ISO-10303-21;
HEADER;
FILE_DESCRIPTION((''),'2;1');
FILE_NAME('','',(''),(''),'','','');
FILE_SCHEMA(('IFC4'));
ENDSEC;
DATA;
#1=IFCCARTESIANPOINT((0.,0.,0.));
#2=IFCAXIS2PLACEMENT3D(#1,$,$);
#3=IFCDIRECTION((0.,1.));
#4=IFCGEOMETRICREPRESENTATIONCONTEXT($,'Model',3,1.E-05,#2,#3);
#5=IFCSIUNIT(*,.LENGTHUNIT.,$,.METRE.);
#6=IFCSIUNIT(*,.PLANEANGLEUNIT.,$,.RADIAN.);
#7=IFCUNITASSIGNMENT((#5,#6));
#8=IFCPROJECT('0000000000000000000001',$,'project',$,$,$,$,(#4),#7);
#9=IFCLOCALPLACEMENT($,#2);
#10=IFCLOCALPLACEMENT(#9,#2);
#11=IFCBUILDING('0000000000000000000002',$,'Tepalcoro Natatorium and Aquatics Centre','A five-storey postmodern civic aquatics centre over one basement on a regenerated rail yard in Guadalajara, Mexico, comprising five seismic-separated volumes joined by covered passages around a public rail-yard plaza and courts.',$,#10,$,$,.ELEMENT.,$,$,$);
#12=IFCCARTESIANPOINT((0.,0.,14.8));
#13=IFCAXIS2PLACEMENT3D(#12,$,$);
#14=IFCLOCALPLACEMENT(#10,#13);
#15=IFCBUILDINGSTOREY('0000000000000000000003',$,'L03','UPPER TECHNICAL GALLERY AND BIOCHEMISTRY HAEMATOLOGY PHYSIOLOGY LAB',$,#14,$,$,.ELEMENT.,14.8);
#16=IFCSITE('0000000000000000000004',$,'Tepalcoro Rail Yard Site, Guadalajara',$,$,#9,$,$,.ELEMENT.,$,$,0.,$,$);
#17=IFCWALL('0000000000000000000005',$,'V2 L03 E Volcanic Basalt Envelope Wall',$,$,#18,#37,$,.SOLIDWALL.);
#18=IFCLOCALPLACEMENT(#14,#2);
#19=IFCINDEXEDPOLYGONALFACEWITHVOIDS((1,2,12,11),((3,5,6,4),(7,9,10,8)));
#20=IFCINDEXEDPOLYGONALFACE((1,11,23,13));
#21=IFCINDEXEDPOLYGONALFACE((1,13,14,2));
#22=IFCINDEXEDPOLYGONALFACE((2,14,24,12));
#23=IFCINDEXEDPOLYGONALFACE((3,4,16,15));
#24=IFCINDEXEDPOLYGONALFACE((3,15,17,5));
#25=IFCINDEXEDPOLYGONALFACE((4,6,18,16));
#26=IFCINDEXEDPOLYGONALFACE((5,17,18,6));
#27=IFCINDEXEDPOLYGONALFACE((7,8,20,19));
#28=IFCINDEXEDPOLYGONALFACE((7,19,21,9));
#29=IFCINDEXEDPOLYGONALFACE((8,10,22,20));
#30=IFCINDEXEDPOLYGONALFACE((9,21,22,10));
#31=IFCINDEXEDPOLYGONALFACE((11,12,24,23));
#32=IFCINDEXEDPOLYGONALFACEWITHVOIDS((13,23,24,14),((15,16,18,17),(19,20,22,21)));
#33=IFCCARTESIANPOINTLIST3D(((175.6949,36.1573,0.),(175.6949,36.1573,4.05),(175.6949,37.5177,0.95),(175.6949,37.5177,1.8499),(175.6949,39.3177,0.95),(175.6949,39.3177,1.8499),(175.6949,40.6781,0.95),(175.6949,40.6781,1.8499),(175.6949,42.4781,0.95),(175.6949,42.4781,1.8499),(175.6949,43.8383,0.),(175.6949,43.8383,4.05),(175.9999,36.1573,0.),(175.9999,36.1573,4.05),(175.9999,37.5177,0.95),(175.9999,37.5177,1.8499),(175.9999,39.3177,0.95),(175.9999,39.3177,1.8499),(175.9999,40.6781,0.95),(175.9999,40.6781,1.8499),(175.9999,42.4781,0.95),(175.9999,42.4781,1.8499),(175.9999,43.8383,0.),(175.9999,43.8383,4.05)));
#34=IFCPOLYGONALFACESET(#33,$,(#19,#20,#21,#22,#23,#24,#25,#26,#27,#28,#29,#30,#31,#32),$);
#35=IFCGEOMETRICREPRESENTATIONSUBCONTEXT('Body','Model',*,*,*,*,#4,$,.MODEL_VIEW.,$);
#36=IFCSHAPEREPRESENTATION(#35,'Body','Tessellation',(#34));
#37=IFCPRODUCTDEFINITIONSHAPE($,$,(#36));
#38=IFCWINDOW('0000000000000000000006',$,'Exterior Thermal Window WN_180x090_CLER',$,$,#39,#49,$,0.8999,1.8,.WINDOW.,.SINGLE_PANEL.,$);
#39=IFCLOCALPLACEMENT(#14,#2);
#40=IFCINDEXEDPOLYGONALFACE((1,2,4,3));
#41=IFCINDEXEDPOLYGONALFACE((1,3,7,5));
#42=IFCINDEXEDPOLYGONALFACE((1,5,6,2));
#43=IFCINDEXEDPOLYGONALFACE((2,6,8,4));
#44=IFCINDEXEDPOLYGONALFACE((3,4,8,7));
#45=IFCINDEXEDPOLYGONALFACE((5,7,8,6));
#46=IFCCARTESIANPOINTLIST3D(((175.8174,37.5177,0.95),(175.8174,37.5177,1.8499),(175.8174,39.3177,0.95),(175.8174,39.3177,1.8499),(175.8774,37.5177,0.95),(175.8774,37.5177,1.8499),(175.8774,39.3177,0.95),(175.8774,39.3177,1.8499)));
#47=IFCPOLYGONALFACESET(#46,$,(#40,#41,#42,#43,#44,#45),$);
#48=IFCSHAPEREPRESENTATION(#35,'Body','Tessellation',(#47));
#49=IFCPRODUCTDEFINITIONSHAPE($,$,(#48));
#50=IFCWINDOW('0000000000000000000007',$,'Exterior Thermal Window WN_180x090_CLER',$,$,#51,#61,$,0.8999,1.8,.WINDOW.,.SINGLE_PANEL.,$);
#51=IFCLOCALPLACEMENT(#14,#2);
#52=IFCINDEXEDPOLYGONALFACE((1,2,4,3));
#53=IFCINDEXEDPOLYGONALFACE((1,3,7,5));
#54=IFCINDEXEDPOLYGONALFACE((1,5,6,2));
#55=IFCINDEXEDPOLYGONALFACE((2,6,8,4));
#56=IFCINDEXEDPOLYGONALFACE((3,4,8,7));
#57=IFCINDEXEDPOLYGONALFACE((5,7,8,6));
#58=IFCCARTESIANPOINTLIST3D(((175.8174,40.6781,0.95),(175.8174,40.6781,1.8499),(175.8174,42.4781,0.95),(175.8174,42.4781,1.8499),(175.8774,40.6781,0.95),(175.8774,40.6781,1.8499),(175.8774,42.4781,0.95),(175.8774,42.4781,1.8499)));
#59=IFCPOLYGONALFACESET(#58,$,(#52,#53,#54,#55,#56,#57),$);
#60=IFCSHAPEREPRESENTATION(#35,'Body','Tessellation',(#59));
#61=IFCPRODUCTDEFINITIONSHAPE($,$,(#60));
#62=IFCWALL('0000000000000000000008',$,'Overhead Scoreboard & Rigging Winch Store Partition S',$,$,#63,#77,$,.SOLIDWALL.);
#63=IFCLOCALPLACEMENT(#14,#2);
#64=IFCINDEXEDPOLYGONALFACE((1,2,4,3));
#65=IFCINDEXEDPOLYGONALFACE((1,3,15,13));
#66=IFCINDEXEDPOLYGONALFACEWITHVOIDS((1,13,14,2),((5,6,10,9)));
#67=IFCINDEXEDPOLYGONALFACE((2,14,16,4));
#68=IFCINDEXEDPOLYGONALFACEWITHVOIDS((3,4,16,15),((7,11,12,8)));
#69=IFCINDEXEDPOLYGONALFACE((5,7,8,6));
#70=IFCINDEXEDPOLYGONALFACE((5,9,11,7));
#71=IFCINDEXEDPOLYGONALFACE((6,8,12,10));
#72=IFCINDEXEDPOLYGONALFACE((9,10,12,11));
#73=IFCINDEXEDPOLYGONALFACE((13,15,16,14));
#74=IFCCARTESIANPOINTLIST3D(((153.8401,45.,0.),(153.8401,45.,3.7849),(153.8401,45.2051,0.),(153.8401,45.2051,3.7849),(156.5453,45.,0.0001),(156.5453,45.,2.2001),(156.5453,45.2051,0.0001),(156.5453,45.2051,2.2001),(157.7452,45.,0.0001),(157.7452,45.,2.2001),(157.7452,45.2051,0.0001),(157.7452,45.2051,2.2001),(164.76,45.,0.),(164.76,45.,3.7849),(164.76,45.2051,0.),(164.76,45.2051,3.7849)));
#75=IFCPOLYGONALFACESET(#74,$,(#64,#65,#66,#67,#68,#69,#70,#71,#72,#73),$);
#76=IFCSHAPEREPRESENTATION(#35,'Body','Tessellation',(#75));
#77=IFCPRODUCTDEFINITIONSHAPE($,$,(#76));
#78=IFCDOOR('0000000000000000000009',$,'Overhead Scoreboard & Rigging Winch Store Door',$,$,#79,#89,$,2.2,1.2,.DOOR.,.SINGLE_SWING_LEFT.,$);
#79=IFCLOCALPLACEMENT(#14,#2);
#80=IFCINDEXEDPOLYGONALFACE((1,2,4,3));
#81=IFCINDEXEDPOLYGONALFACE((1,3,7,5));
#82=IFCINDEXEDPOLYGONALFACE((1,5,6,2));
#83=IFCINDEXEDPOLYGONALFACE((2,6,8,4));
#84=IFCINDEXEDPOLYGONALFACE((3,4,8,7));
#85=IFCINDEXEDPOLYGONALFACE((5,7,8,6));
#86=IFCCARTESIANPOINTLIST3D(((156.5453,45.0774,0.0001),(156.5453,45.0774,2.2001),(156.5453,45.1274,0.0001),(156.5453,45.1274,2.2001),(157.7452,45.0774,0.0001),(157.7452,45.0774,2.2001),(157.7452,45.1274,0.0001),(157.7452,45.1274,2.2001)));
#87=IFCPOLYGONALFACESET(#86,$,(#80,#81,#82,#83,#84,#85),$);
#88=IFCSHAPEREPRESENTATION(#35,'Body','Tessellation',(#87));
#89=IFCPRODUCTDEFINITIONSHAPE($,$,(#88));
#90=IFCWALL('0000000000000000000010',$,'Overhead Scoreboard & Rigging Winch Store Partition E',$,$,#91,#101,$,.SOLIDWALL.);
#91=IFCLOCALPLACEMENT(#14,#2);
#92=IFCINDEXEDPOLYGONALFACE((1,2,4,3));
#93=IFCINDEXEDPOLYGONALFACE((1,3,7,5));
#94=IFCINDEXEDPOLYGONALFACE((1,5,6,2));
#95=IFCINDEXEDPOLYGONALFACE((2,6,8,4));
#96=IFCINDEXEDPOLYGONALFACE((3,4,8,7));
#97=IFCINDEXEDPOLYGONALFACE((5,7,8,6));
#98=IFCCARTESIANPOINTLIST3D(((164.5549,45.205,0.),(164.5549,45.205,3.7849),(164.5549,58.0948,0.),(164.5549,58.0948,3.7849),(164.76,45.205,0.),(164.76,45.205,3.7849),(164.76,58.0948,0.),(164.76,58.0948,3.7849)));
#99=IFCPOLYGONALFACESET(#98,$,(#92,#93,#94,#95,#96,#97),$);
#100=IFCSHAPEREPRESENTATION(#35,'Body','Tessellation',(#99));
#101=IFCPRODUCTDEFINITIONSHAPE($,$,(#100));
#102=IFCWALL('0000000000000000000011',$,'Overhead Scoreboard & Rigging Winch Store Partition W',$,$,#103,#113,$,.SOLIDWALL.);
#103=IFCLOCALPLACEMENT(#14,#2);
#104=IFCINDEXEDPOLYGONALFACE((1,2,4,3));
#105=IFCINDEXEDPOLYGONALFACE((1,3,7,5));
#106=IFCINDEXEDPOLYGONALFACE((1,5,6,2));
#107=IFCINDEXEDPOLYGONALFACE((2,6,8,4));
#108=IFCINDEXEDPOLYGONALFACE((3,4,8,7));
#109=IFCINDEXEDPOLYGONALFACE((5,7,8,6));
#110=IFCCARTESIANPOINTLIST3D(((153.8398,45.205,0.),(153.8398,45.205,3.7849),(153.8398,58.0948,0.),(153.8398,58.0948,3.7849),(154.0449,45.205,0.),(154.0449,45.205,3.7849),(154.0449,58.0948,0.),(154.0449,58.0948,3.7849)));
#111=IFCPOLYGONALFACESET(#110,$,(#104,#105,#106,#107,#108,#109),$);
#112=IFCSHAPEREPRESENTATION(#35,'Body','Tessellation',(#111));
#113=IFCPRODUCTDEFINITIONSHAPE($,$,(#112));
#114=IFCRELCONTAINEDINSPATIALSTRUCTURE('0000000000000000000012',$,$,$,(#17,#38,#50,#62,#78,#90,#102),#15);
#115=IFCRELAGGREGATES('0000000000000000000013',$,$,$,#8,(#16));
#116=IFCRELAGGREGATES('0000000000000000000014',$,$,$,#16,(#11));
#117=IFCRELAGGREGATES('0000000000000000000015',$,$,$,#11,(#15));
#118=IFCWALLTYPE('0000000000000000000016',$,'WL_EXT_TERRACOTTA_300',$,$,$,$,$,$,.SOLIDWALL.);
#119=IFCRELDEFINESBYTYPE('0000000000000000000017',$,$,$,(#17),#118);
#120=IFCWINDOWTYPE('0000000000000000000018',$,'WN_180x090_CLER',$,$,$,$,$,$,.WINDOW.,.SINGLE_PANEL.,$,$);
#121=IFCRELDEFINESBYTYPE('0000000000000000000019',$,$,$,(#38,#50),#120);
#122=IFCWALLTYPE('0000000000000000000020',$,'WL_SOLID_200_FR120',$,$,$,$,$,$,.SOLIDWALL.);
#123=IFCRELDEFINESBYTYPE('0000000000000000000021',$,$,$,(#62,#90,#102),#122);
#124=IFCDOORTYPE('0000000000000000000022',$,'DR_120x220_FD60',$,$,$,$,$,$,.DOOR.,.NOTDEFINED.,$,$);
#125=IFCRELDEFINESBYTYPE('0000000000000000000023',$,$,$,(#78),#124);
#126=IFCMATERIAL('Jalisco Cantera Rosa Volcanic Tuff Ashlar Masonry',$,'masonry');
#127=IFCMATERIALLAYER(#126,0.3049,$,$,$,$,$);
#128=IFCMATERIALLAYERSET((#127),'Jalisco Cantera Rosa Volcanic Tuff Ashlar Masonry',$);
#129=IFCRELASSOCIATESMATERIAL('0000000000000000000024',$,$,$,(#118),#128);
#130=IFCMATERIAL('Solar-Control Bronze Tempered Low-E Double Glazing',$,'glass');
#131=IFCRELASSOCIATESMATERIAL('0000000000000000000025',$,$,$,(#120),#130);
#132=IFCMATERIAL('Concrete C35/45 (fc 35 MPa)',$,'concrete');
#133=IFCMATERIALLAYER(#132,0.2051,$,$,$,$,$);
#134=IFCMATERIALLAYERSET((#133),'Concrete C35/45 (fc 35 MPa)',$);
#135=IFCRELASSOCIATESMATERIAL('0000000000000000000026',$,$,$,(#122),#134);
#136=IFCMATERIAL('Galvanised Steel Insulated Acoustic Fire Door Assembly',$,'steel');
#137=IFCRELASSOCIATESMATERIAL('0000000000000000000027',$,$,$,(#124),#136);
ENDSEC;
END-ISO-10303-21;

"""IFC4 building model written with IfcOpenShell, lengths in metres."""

from ifc_helpers import new_model, si_unit, direction, frame, frame_2d, origin, place, context, subcontext, project, spatial, rectangle, extrude, material, layer, layer_set, type_object, element, fill, save


model = new_model("IFC4")

# Units and contexts
model_context = context("Model", 3, precision=1e-05, world=origin(), true_north=direction((0.0, 1.0)))
body_context = subcontext(model_context, "Body", "Model", "MODEL_VIEW")
ifc_project = project(units=[si_unit("LENGTHUNIT", "METRE"), si_unit("PLANEANGLEUNIT", "RADIAN")], contexts=[model_context])

# Site, building, storey
site_placement = place(None, origin())
site = spatial("IfcSite", under=ifc_project, at=site_placement, Name="Tepalcoro Rail Yard Site, Guadalajara", CompositionType="ELEMENT", RefElevation=0.0)
building_placement = place(site_placement, origin())
building = spatial("IfcBuilding", under=site, at=building_placement, Name="Tepalcoro Natatorium and Aquatics Centre", Description="A five-storey postmodern civic aquatics centre over one basement on a regenerated rail yard in Guadalajara, Mexico, comprising five seismic-separated volumes joined by covered passages around a public rail-yard plaza and courts.", CompositionType="ELEMENT")
storey_placement = place(building_placement, frame((0.0, 0.0, 14.8)))
storey = spatial("IfcBuildingStorey", under=building, at=storey_placement, Name="L03", Description="UPPER TECHNICAL GALLERY AND BIOCHEMISTRY HAEMATOLOGY PHYSIOLOGY LAB", CompositionType="ELEMENT", Elevation=14.8)

# Shared definitions
ifc_material_1 = material(Name="Solar-Control Bronze Tempered Low-E Double Glazing", Category="glass")
ifc_material_2 = material(Name="Jalisco Cantera Rosa Volcanic Tuff Ashlar Masonry", Category="masonry")

# Wall, openings, windows
ifc_layer_1 = layer(ifc_material_2, 0.3049)
ifc_layer_set_1 = layer_set([ifc_layer_1], Name="Jalisco Cantera Rosa Volcanic Tuff Ashlar Masonry")
wall_type_1 = type_object("IfcWallType", Name="WL_EXT_TERRACOTTA_300", PredefinedType="SOLIDWALL", material=ifc_layer_set_1)
wall_1_placement = place(storey_placement, frame((175.8474, 36.1575, 0.0), z_axis=(0.0, 0.0, 1.0), x_axis=(0.0, 1.0, 0.0)))
wall_1 = element("IfcWall", 1, at=wall_1_placement, inside=storey, type_object=wall_type_1, Name="V2 L03 E Volcanic Basalt Envelope Wall", PredefinedType="SOLIDWALL", context=body_context, shape_type="SweptSolid", body=[
    extrude(rectangle(XDim=7.6809, YDim=0.3049, at=frame_2d((3.8403, 0.0))), origin(), (0.0, 0.0, 1.0), 4.05),
])
opening_1_placement = place(wall_1_placement, frame((1.3604, 0.0, 0.95)))
opening_1 = element("IfcOpeningElement", 2, at=opening_1_placement, cuts=wall_1, PredefinedType="OPENING", context=body_context, shape_type="SweptSolid", body=[
    extrude(rectangle(XDim=1.8, YDim=0.8999, at=frame_2d((0.8999, 0.45))), frame((0.0, 0.1646, 0.0), z_axis=(0.0, -1.0, 0.0), x_axis=(1.0, 0.0, 0.0)), (0.0, 0.0, 1.0), 0.3289),
])
opening_2_placement = place(wall_1_placement, frame((4.5208, 0.0, 0.95)))
opening_2 = element("IfcOpeningElement", 3, at=opening_2_placement, cuts=wall_1, PredefinedType="OPENING", context=body_context, shape_type="SweptSolid", body=[
    extrude(rectangle(XDim=1.8, YDim=0.8999, at=frame_2d((0.8999, 0.45))), frame((0.0, 0.1646, 0.0), z_axis=(0.0, -1.0, 0.0), x_axis=(1.0, 0.0, 0.0)), (0.0, 0.0, 1.0), 0.3289),
])
window_type = type_object("IfcWindowType", Name="WN_180x090_CLER", PartitioningType="SINGLE_PANEL", PredefinedType="WINDOW", material=ifc_material_1)
window_1_placement = place(opening_1_placement, origin())
window_1 = element("IfcWindow", 4, at=window_1_placement, inside=storey, type_object=window_type, Name="Exterior Thermal Window WN_180x090_CLER", OverallHeight=0.8999, OverallWidth=1.8, PartitioningType="SINGLE_PANEL", PredefinedType="WINDOW", context=body_context, shape_type="SweptSolid", body=[
    extrude(rectangle(XDim=1.8, YDim=0.8999, at=frame_2d((0.8999, 0.45))), frame((0.0, 0.03, 0.0), z_axis=(0.0, -1.0, 0.0), x_axis=(1.0, 0.0, 0.0)), (0.0, 0.0, 1.0), 0.0601),
])
fill(opening_1, window_1)
window_2_placement = place(opening_2_placement, origin())
window_2 = element("IfcWindow", 5, at=window_2_placement, inside=storey, type_object=window_type, Name="Exterior Thermal Window WN_180x090_CLER", OverallHeight=0.8999, OverallWidth=1.8, PartitioningType="SINGLE_PANEL", PredefinedType="WINDOW", context=body_context, shape_type="SweptSolid", body=[
    extrude(rectangle(XDim=1.8, YDim=0.8999, at=frame_2d((0.8999, 0.45))), frame((0.0, 0.03, 0.0), z_axis=(0.0, -1.0, 0.0), x_axis=(1.0, 0.0, 0.0)), (0.0, 0.0, 1.0), 0.0601),
])
fill(opening_2, window_2)

# Wall, opening, door
ifc_material_3 = material(Name="Concrete C35/45 (fc 35 MPa)", Category="concrete")
ifc_layer_2 = layer(ifc_material_3, 0.2051)
ifc_layer_set_2 = layer_set([ifc_layer_2], Name="Concrete C35/45 (fc 35 MPa)")
wall_type_2 = type_object("IfcWallType", Name="WL_SOLID_200_FR120", PredefinedType="SOLIDWALL", material=ifc_layer_set_2)
wall_2_placement = place(storey_placement, frame((153.8401, 45.1025, 0.0), z_axis=(0.0, 0.0, 1.0), x_axis=(1.0, 0.0, 0.0)))
wall_2 = element("IfcWall", 6, at=wall_2_placement, inside=storey, type_object=wall_type_2, Name="Overhead Scoreboard & Rigging Winch Store Partition S", PredefinedType="SOLIDWALL", context=body_context, shape_type="SweptSolid", body=[
    extrude(rectangle(XDim=10.9199, YDim=0.2051, at=frame_2d((5.46, 0.0))), origin(), (0.0, 0.0, 1.0), 3.7849),
])
opening_3_placement = place(wall_2_placement, frame((2.7051, 0.0, 0.0)))
opening_3 = element("IfcOpeningElement", 7, at=opening_3_placement, cuts=wall_2, PredefinedType="OPENING", context=body_context, shape_type="SweptSolid", body=[
    extrude(rectangle(XDim=1.2, YDim=2.2, at=frame_2d((0.6001, 1.1001))), frame((0.0, 0.1145, 0.0), z_axis=(0.0, -1.0, 0.0), x_axis=(1.0, 0.0, 0.0)), (0.0, 0.0, 1.0), 0.229),
])
ifc_material_4 = material(Name="Galvanised Steel Insulated Acoustic Fire Door Assembly", Category="steel")
door_type = type_object("IfcDoorType", Name="DR_120x220_FD60", OperationType="NOTDEFINED", PredefinedType="DOOR", material=ifc_material_4)
door_placement = place(opening_3_placement, origin())
door = element("IfcDoor", 8, at=door_placement, inside=storey, type_object=door_type, Name="Overhead Scoreboard & Rigging Winch Store Door", OperationType="SINGLE_SWING_LEFT", OverallHeight=2.2, OverallWidth=1.2, PredefinedType="DOOR", context=body_context, shape_type="SweptSolid", body=[
    extrude(rectangle(XDim=1.2, YDim=2.2, at=frame_2d((0.6001, 1.1001))), frame((0.0, 0.0249, 0.0), z_axis=(0.0, -1.0, 0.0), x_axis=(1.0, 0.0, 0.0)), (0.0, 0.0, 1.0), 0.05),
])
fill(opening_3, door)

# Walls
for number, where, z_axis, x_axis, name in (
    (9, (164.6575, 45.2051, 0.0), (0.0, 0.0, 1.0), (0.0, 1.0, 0.0), "Overhead Scoreboard & Rigging Winch Store Partition E"),
    (10, (153.9424, 45.2051, 0.0), (0.0, 0.0, 1.0), (0.0, 1.0, 0.0), "Overhead Scoreboard & Rigging Winch Store Partition W"),
):
    element("IfcWall", number, at=place(storey_placement, frame(where, z_axis=z_axis, x_axis=x_axis)), inside=storey, type_object=wall_type_2, Name=name, PredefinedType="SOLIDWALL", context=body_context, shape_type="SweptSolid", body=[
        extrude(rectangle(XDim=12.8899, YDim=0.2051, at=frame_2d((6.4448, 0.0))), origin(), (0.0, 0.0, 1.0), 3.7849),
    ])

save(model, "model.ifc")
